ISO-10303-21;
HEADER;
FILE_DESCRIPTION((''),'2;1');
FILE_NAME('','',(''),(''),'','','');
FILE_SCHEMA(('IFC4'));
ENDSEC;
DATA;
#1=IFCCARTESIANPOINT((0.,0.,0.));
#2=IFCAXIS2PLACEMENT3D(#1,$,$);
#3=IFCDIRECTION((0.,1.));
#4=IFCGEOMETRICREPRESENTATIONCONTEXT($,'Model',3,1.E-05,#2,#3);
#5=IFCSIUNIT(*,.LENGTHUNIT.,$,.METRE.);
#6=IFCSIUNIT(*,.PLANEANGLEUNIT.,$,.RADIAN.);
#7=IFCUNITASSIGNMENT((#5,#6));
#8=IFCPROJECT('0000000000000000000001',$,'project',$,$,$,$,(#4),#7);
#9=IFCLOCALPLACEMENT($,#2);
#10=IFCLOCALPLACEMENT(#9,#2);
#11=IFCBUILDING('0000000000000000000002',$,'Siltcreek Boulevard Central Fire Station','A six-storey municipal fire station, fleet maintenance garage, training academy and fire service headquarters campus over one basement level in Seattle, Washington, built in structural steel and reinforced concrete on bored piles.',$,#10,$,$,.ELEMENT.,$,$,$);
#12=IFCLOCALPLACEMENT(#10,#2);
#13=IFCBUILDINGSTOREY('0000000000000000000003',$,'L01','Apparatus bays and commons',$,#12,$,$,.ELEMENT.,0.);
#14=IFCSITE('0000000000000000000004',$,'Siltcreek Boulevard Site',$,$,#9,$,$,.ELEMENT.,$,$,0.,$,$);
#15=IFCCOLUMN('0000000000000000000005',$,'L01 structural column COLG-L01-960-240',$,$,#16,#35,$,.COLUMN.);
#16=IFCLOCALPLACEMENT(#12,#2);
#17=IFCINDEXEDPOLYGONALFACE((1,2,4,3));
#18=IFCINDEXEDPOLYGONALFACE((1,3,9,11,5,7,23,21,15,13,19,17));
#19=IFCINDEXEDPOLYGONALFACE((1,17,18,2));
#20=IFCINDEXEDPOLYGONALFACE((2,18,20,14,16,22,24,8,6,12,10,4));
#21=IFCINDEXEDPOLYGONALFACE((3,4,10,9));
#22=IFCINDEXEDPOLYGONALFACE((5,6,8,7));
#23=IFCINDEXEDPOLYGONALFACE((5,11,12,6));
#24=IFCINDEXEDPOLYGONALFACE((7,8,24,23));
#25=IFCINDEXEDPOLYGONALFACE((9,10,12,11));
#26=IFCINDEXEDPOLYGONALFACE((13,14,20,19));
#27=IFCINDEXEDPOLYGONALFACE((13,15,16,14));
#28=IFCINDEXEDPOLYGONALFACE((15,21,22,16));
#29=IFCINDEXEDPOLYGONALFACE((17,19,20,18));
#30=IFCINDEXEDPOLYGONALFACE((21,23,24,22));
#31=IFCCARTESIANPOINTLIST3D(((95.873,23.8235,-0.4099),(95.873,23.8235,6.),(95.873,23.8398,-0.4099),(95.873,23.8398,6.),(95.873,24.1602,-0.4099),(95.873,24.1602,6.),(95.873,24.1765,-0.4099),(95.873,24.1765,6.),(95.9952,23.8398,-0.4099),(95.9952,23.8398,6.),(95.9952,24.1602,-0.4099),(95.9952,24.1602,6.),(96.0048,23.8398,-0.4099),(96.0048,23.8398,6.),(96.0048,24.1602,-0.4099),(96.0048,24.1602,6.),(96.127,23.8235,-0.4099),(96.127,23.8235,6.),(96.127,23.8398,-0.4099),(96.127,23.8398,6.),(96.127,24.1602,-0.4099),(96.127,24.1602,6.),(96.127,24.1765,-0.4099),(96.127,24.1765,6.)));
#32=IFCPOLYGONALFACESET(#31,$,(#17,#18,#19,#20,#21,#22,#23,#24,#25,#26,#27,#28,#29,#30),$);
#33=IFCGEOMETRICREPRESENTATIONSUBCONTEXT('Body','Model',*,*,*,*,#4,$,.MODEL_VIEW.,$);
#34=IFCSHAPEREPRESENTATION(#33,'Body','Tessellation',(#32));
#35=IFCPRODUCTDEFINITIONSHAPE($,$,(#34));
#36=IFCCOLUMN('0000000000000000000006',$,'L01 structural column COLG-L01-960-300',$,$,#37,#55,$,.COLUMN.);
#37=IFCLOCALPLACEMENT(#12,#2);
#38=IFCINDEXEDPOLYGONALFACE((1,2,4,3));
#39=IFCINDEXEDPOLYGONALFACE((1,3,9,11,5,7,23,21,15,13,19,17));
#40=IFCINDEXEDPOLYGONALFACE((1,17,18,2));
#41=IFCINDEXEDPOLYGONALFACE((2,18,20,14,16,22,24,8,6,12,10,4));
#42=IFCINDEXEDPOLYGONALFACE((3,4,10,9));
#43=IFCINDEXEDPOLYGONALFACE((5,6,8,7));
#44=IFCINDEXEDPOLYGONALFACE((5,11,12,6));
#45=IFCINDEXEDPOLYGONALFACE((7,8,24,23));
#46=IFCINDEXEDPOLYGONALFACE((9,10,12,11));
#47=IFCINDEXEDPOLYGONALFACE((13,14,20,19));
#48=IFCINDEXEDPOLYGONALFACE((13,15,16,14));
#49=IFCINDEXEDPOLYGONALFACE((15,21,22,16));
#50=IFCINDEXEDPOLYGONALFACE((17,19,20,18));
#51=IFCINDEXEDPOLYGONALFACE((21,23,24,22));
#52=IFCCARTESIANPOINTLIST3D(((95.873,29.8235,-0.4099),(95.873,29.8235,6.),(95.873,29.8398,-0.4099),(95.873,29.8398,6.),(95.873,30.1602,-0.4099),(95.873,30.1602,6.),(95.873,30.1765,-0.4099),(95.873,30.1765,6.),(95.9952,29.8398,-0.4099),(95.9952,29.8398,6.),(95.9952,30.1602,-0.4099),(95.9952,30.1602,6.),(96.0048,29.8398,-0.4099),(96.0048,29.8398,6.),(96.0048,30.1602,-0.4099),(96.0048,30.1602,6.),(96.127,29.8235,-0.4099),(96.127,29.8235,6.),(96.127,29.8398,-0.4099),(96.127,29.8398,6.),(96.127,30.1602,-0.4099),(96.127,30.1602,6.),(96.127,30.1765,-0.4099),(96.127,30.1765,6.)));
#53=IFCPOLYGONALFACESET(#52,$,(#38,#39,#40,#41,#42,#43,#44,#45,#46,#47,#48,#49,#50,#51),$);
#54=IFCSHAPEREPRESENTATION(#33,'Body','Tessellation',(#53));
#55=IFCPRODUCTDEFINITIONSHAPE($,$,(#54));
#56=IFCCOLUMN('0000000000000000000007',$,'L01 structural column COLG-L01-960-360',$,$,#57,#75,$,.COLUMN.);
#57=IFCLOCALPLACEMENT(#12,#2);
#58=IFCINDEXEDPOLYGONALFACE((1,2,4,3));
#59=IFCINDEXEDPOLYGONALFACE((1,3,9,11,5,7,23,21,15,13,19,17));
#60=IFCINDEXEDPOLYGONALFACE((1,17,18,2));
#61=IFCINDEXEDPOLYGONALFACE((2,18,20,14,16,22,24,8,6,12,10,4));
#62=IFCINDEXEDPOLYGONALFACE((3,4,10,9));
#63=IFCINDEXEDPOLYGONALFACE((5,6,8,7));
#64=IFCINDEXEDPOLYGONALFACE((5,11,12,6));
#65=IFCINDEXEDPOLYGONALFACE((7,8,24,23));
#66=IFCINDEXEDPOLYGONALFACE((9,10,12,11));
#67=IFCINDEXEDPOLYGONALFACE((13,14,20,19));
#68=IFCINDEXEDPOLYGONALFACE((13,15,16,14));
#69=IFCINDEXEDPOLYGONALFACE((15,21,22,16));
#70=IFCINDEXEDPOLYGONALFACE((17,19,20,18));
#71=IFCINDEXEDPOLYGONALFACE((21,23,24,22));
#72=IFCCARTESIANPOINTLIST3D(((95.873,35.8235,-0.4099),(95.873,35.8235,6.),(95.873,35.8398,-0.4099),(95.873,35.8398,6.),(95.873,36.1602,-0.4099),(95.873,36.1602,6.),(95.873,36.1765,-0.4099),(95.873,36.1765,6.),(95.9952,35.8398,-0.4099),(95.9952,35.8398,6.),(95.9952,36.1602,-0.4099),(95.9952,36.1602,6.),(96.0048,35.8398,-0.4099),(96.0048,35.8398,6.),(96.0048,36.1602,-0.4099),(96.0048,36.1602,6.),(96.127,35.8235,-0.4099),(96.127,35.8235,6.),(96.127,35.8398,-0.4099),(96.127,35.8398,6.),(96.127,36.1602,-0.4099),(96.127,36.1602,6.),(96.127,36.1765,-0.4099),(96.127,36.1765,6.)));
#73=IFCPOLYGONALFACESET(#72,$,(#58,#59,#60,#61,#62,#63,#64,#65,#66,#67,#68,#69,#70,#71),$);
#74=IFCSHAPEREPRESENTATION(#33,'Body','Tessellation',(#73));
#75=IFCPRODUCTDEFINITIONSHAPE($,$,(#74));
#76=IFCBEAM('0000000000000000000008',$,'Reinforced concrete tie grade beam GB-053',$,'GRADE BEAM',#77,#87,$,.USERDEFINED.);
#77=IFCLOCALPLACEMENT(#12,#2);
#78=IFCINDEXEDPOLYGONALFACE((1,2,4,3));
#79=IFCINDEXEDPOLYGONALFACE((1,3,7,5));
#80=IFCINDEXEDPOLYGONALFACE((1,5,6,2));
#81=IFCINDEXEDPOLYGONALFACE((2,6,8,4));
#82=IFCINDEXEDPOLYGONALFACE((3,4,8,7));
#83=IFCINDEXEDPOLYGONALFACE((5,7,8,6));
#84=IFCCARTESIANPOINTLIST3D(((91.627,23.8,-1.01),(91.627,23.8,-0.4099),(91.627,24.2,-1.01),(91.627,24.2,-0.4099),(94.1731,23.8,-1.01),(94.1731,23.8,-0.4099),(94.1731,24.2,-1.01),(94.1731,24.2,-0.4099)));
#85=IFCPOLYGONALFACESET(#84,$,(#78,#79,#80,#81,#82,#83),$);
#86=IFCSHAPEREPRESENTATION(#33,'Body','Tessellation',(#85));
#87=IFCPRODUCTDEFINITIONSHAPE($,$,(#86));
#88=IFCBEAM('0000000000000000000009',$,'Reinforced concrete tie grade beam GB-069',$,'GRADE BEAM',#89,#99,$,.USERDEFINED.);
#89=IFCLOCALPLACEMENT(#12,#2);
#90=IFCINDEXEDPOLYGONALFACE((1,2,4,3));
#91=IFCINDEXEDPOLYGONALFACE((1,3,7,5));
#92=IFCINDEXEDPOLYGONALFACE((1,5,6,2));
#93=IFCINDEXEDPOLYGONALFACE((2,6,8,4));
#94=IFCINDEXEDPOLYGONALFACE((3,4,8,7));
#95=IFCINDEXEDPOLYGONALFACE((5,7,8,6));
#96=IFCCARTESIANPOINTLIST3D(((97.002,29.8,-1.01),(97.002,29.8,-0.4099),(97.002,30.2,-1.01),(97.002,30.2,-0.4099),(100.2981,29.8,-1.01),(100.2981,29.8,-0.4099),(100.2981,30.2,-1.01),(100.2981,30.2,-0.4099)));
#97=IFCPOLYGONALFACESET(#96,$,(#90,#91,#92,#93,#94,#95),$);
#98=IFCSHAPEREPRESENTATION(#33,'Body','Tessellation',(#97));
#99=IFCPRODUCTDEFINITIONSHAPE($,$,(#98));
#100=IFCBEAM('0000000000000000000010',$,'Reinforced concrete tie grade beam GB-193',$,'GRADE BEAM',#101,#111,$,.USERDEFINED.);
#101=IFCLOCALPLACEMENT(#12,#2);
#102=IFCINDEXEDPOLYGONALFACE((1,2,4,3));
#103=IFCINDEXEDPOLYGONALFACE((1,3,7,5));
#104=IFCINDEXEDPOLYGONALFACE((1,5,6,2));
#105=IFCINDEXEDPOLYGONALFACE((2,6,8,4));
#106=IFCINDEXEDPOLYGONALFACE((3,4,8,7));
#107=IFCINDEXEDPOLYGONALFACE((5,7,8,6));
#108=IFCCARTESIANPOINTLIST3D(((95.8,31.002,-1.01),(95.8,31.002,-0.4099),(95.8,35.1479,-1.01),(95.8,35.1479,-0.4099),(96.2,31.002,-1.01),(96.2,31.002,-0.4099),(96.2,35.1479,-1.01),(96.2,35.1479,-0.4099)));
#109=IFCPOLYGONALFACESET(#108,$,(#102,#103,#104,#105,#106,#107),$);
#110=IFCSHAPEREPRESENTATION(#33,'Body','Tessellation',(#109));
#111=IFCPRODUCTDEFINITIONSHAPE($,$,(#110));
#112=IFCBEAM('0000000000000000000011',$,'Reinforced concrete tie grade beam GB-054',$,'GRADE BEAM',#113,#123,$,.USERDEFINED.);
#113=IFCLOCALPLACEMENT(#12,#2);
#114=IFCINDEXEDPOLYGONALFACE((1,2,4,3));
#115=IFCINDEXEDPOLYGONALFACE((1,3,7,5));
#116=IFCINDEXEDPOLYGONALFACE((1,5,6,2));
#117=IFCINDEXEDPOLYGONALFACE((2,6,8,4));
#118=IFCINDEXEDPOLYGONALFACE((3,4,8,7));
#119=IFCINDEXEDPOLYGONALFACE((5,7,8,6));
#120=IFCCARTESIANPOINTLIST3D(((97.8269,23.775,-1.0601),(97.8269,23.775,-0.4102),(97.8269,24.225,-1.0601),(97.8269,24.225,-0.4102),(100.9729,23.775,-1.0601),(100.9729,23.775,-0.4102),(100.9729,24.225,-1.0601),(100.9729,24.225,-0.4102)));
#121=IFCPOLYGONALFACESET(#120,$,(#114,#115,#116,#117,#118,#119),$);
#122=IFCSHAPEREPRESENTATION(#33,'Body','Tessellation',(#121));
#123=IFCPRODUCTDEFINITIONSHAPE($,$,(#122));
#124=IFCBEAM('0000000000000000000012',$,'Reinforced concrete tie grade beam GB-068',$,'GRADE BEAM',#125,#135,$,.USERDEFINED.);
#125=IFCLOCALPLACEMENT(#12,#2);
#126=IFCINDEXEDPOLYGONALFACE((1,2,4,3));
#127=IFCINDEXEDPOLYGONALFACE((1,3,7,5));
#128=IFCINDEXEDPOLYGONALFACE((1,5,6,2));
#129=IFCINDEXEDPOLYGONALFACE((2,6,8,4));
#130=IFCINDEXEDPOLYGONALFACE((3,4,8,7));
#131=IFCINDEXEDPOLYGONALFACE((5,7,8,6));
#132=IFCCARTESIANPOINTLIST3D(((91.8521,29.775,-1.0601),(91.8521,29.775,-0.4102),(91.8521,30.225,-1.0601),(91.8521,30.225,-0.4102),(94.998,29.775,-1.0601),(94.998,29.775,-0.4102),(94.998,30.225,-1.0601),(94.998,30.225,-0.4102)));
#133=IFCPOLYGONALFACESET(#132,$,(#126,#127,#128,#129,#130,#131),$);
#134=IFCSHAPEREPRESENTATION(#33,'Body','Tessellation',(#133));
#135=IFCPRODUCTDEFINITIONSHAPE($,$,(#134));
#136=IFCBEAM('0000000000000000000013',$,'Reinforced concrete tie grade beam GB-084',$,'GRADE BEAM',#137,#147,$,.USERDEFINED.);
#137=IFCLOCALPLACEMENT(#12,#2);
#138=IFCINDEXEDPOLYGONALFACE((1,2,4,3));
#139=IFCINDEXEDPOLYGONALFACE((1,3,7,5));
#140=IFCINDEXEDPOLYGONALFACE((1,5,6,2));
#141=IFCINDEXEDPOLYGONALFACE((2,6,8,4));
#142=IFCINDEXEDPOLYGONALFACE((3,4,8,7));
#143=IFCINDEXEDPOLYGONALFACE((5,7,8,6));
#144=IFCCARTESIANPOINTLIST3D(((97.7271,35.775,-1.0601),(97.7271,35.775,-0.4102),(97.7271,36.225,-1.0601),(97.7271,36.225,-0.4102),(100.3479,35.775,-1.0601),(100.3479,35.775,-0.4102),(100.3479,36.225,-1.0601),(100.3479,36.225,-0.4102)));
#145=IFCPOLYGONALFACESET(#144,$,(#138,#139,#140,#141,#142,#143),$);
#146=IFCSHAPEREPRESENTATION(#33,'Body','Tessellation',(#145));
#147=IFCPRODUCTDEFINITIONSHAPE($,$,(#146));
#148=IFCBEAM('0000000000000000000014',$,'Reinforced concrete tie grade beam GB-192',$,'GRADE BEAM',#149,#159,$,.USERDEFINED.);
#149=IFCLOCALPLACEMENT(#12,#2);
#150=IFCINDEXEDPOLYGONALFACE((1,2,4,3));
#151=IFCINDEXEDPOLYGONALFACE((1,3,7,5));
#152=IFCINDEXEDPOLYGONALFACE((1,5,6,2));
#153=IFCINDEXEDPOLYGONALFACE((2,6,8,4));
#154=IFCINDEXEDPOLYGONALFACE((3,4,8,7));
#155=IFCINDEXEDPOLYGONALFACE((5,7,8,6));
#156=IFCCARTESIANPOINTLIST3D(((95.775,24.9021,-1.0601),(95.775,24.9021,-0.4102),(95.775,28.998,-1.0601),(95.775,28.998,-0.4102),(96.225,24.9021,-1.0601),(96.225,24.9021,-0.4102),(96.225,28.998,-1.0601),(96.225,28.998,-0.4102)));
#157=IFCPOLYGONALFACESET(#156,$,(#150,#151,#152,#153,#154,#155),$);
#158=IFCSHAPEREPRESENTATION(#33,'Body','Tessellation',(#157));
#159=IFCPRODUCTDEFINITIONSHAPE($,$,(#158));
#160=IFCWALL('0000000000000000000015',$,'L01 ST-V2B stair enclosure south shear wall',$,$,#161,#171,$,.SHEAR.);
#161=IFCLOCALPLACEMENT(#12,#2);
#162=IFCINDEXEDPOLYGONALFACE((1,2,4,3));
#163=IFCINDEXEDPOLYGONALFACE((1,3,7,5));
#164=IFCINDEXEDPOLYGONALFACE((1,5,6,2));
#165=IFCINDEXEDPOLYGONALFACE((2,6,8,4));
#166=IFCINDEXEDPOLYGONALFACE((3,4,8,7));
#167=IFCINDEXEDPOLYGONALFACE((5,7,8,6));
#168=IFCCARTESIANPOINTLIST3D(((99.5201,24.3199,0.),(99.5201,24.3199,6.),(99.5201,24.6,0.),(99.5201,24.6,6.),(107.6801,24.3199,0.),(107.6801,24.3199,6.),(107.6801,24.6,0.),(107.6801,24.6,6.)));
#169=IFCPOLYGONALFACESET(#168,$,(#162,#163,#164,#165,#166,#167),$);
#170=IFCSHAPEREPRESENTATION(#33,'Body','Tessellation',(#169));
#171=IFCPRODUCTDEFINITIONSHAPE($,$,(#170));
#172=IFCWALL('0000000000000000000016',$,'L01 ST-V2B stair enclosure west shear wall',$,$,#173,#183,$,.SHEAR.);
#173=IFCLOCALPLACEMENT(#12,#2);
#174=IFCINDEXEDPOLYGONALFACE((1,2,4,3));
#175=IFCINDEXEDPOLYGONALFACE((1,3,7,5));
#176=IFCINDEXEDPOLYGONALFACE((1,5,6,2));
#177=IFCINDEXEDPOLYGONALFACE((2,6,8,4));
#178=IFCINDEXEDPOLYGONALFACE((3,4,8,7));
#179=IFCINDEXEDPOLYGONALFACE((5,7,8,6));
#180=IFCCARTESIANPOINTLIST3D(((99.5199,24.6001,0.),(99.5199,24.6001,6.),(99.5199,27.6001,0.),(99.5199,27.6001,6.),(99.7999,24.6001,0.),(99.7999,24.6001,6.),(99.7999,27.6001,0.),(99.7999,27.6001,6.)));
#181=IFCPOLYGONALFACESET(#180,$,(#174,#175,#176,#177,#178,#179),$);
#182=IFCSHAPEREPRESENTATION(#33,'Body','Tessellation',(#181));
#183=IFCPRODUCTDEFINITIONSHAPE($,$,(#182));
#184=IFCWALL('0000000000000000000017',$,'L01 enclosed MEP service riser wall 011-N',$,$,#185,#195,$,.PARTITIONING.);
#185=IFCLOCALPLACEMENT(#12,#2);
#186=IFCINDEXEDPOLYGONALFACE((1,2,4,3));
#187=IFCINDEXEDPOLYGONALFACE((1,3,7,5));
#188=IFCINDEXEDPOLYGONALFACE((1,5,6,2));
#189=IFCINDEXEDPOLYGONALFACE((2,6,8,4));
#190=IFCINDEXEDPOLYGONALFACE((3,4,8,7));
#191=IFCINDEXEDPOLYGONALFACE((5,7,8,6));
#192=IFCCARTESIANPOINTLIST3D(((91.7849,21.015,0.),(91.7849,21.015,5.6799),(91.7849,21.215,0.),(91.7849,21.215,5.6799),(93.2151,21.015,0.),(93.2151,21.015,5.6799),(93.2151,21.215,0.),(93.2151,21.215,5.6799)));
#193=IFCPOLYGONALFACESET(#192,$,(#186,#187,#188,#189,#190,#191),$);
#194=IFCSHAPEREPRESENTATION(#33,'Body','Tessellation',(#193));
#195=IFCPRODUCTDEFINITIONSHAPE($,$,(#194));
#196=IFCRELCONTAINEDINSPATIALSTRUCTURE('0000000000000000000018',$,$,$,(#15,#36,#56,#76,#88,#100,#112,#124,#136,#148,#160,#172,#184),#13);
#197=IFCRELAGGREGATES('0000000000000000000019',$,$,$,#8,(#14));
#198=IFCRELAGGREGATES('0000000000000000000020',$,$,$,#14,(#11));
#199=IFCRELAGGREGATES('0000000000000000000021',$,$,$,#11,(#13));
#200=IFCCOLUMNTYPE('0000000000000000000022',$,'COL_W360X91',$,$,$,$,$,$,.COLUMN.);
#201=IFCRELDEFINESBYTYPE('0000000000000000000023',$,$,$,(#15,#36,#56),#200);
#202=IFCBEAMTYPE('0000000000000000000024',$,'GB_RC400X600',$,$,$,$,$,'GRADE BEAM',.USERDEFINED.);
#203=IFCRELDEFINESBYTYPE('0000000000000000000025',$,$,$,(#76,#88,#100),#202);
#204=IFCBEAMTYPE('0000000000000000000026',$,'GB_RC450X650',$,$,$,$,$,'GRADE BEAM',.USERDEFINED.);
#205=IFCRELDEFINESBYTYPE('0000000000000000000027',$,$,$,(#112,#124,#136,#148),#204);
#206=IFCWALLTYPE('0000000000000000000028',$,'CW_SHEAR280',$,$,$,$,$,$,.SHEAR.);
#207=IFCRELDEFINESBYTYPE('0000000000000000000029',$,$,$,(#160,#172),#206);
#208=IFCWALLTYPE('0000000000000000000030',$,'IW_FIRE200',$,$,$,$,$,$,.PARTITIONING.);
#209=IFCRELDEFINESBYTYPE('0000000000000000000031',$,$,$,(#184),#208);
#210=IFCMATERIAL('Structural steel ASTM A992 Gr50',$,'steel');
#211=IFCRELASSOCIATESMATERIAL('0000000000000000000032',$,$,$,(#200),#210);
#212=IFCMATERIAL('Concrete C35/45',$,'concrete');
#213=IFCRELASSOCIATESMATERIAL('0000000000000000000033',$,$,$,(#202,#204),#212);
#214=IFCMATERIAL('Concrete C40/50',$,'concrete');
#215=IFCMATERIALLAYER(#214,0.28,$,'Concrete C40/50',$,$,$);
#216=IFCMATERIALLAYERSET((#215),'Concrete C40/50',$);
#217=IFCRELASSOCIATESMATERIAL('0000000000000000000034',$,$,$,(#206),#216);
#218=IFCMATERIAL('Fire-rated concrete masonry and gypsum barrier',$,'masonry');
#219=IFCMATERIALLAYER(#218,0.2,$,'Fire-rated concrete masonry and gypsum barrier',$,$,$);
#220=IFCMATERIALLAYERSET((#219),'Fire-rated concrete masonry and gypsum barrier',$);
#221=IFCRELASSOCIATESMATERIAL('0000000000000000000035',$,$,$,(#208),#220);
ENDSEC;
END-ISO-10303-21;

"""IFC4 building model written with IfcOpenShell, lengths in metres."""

from ifc_helpers import new_model, si_unit, direction, frame, frame_2d, origin, origin_2d, place, context, subcontext, project, spatial, rectangle, i_section, extrude, material, layer, layer_set, material_profile, profile_set, type_object, element, save


model = new_model("IFC4")

# Units and contexts
model_context = context("Model", 3, precision=1e-05, world=origin(), true_north=direction((0.0, 1.0)))
body_context = subcontext(model_context, "Body", "Model", "MODEL_VIEW")
ifc_project = project(units=[si_unit("LENGTHUNIT", "METRE"), si_unit("PLANEANGLEUNIT", "RADIAN")], contexts=[model_context])

# Site, building, storey
site_placement = place(None, origin())
site = spatial("IfcSite", under=ifc_project, at=site_placement, Name="Siltcreek Boulevard Site", CompositionType="ELEMENT", RefElevation=0.0)
building_placement = place(site_placement, origin())
building = spatial("IfcBuilding", under=site, at=building_placement, Name="Siltcreek Boulevard Central Fire Station", Description="A six-storey municipal fire station, fleet maintenance garage, training academy and fire service headquarters campus over one basement level in Seattle, Washington, built in structural steel and reinforced concrete on bored piles.", CompositionType="ELEMENT")
storey_placement = place(building_placement, origin())
storey = spatial("IfcBuildingStorey", under=building, at=storey_placement, Name="L01", Description="Apparatus bays and commons", CompositionType="ELEMENT", Elevation=0.0)

# Shared definitions
ifc_material_1 = material(Name="Concrete C35/45", Category="concrete")

# Columns
ifc_material_2 = material(Name="Structural steel ASTM A992 Gr50", Category="steel")
ifc_material_profile_1 = material_profile(ifc_material_2, i_section(OverallWidth=0.2539, OverallDepth=0.353, WebThickness=0.0095, FlangeThickness=0.0164, at=origin_2d()), Name="W360X91")
ifc_profile_set_1 = profile_set([ifc_material_profile_1], Name="Structural steel ASTM A992 Gr50")
column_type = type_object("IfcColumnType", Name="COL_W360X91", PredefinedType="COLUMN", material=ifc_profile_set_1)
for number, where, z_axis, x_axis, name in (
    (1, (96.0, 24.0, -0.4099), (0.0, 0.0, 1.0), (1.0, 0.0, 0.0), "L01 structural column COLG-L01-960-240"),
    (2, (96.0, 30.0, -0.4099), (0.0, 0.0, 1.0), (1.0, 0.0, 0.0), "L01 structural column COLG-L01-960-300"),
    (3, (96.0, 36.0, -0.4099), (0.0, 0.0, 1.0), (1.0, 0.0, 0.0), "L01 structural column COLG-L01-960-360"),
):
    element("IfcColumn", number, at=place(storey_placement, frame(where, z_axis=z_axis, x_axis=x_axis)), inside=storey, type_object=column_type, Name=name, PredefinedType="COLUMN", context=body_context, shape_type="SweptSolid", body=[
        extrude(i_section(OverallWidth=0.2539, OverallDepth=0.353, WebThickness=0.0095, FlangeThickness=0.0164, at=origin_2d()), origin(), (0.0, 0.0, 1.0), 6.4099),
    ])

# Beams
ifc_material_profile_2 = material_profile(ifc_material_1, rectangle(XDim=0.3999, YDim=0.6001, at=origin_2d()), Name="RC400X600")
ifc_profile_set_2 = profile_set([ifc_material_profile_2], Name="Concrete C35/45")
beam_type_1 = type_object("IfcBeamType", Name="GB_RC400X600", ElementType="GRADE BEAM", PredefinedType="USERDEFINED", material=ifc_profile_set_2)
beam_1_placement = place(storey_placement, frame((91.627, 24.0, -0.71), z_axis=(1.0, 0.0, 0.0), x_axis=(0.0, 1.0, 0.0)))
element("IfcBeam", 4, at=beam_1_placement, inside=storey, type_object=beam_type_1, Name="Reinforced concrete tie grade beam GB-053", ObjectType="GRADE BEAM", PredefinedType="USERDEFINED", context=body_context, shape_type="SweptSolid", body=[
    extrude(rectangle(XDim=0.3999, YDim=0.6001, at=origin_2d()), origin(), (0.0, 0.0, 1.0), 2.5461),
])
beam_2_placement = place(storey_placement, frame((97.002, 30.0, -0.71), z_axis=(1.0, 0.0, 0.0), x_axis=(0.0, 1.0, 0.0)))
element("IfcBeam", 5, at=beam_2_placement, inside=storey, type_object=beam_type_1, Name="Reinforced concrete tie grade beam GB-069", ObjectType="GRADE BEAM", PredefinedType="USERDEFINED", context=body_context, shape_type="SweptSolid", body=[
    extrude(rectangle(XDim=0.3999, YDim=0.6001, at=origin_2d()), origin(), (0.0, 0.0, 1.0), 3.2961),
])
beam_3_placement = place(storey_placement, frame((96.0, 31.002, -0.71), z_axis=(0.0, 1.0, 0.0), x_axis=(-1.0, 0.0, 0.0)))
element("IfcBeam", 6, at=beam_3_placement, inside=storey, type_object=beam_type_1, Name="Reinforced concrete tie grade beam GB-193", ObjectType="GRADE BEAM", PredefinedType="USERDEFINED", context=body_context, shape_type="SweptSolid", body=[
    extrude(rectangle(XDim=0.3999, YDim=0.6001, at=origin_2d()), origin(), (0.0, 0.0, 1.0), 4.146),
])
ifc_material_profile_3 = material_profile(ifc_material_1, rectangle(XDim=0.45, YDim=0.6499, at=origin_2d()), Name="RC450X650")
ifc_profile_set_3 = profile_set([ifc_material_profile_3], Name="Concrete C35/45")
beam_type_2 = type_object("IfcBeamType", Name="GB_RC450X650", ElementType="GRADE BEAM", PredefinedType="USERDEFINED", material=ifc_profile_set_3)
for number, where, z_axis, x_axis, name in (
    (7, (97.8269, 24.0, -0.7351), (1.0, 0.0, 0.0), (0.0, 1.0, 0.0), "Reinforced concrete tie grade beam GB-054"),
    (8, (91.8521, 30.0, -0.7351), (1.0, 0.0, 0.0), (0.0, 1.0, 0.0), "Reinforced concrete tie grade beam GB-068"),
):
    element("IfcBeam", number, at=place(storey_placement, frame(where, z_axis=z_axis, x_axis=x_axis)), inside=storey, type_object=beam_type_2, Name=name, ObjectType="GRADE BEAM", PredefinedType="USERDEFINED", context=body_context, shape_type="SweptSolid", body=[
        extrude(rectangle(XDim=0.45, YDim=0.6499, at=origin_2d()), origin(), (0.0, 0.0, 1.0), 3.146),
    ])
beam_4_placement = place(storey_placement, frame((97.7271, 36.0, -0.7351), z_axis=(1.0, 0.0, 0.0), x_axis=(0.0, 1.0, 0.0)))
element("IfcBeam", 9, at=beam_4_placement, inside=storey, type_object=beam_type_2, Name="Reinforced concrete tie grade beam GB-084", ObjectType="GRADE BEAM", PredefinedType="USERDEFINED", context=body_context, shape_type="SweptSolid", body=[
    extrude(rectangle(XDim=0.45, YDim=0.6499, at=origin_2d()), origin(), (0.0, 0.0, 1.0), 2.6208),
])
beam_5_placement = place(storey_placement, frame((96.0, 24.9021, -0.7351), z_axis=(0.0, 1.0, 0.0), x_axis=(-1.0, 0.0, 0.0)))
element("IfcBeam", 10, at=beam_5_placement, inside=storey, type_object=beam_type_2, Name="Reinforced concrete tie grade beam GB-192", ObjectType="GRADE BEAM", PredefinedType="USERDEFINED", context=body_context, shape_type="SweptSolid", body=[
    extrude(rectangle(XDim=0.45, YDim=0.6499, at=origin_2d()), origin(), (0.0, 0.0, 1.0), 4.0959),
])

# Walls
ifc_material_3 = material(Name="Concrete C40/50", Category="concrete")
ifc_layer_1 = layer(ifc_material_3, 0.28, Name="Concrete C40/50")
ifc_layer_set_1 = layer_set([ifc_layer_1], Name="Concrete C40/50")
wall_type_1 = type_object("IfcWallType", Name="CW_SHEAR280", PredefinedType="SHEAR", material=ifc_layer_set_1)
wall_1_placement = place(storey_placement, frame((99.52, 24.46, 0.0), z_axis=(0.0, 0.0, 1.0), x_axis=(1.0, 0.0, 0.0)))
element("IfcWall", 11, at=wall_1_placement, inside=storey, type_object=wall_type_1, Name="L01 ST-V2B stair enclosure south shear wall", PredefinedType="SHEAR", context=body_context, shape_type="SweptSolid", body=[
    extrude(rectangle(XDim=8.1599, YDim=0.28, at=frame_2d((4.0801, 0.0))), origin(), (0.0, 0.0, 1.0), 6.0),
])
wall_2_placement = place(storey_placement, frame((99.6599, 27.6001, 0.0), z_axis=(0.0, 0.0, 1.0), x_axis=(0.0, -1.0, 0.0)))
element("IfcWall", 12, at=wall_2_placement, inside=storey, type_object=wall_type_1, Name="L01 ST-V2B stair enclosure west shear wall", PredefinedType="SHEAR", context=body_context, shape_type="SweptSolid", body=[
    extrude(rectangle(XDim=3.0, YDim=0.28, at=frame_2d((1.5, 0.0))), origin(), (0.0, 0.0, 1.0), 6.0),
])
ifc_material_4 = material(Name="Fire-rated concrete masonry and gypsum barrier", Category="masonry")
ifc_layer_2 = layer(ifc_material_4, 0.2, Name="Fire-rated concrete masonry and gypsum barrier")
ifc_layer_set_2 = layer_set([ifc_layer_2], Name="Fire-rated concrete masonry and gypsum barrier")
wall_type_2 = type_object("IfcWallType", Name="IW_FIRE200", PredefinedType="PARTITIONING", material=ifc_layer_set_2)
wall_3_placement = place(storey_placement, frame((93.2151, 21.115, 0.0), z_axis=(0.0, 0.0, 1.0), x_axis=(-1.0, 0.0, 0.0)))
element("IfcWall", 13, at=wall_3_placement, inside=storey, type_object=wall_type_2, Name="L01 enclosed MEP service riser wall 011-N", PredefinedType="PARTITIONING", context=body_context, shape_type="SweptSolid", body=[
    extrude(rectangle(XDim=1.4302, YDim=0.2, at=frame_2d((0.7151, 0.0))), origin(), (0.0, 0.0, 1.0), 5.6799),
])

save(model, "model.ifc")
